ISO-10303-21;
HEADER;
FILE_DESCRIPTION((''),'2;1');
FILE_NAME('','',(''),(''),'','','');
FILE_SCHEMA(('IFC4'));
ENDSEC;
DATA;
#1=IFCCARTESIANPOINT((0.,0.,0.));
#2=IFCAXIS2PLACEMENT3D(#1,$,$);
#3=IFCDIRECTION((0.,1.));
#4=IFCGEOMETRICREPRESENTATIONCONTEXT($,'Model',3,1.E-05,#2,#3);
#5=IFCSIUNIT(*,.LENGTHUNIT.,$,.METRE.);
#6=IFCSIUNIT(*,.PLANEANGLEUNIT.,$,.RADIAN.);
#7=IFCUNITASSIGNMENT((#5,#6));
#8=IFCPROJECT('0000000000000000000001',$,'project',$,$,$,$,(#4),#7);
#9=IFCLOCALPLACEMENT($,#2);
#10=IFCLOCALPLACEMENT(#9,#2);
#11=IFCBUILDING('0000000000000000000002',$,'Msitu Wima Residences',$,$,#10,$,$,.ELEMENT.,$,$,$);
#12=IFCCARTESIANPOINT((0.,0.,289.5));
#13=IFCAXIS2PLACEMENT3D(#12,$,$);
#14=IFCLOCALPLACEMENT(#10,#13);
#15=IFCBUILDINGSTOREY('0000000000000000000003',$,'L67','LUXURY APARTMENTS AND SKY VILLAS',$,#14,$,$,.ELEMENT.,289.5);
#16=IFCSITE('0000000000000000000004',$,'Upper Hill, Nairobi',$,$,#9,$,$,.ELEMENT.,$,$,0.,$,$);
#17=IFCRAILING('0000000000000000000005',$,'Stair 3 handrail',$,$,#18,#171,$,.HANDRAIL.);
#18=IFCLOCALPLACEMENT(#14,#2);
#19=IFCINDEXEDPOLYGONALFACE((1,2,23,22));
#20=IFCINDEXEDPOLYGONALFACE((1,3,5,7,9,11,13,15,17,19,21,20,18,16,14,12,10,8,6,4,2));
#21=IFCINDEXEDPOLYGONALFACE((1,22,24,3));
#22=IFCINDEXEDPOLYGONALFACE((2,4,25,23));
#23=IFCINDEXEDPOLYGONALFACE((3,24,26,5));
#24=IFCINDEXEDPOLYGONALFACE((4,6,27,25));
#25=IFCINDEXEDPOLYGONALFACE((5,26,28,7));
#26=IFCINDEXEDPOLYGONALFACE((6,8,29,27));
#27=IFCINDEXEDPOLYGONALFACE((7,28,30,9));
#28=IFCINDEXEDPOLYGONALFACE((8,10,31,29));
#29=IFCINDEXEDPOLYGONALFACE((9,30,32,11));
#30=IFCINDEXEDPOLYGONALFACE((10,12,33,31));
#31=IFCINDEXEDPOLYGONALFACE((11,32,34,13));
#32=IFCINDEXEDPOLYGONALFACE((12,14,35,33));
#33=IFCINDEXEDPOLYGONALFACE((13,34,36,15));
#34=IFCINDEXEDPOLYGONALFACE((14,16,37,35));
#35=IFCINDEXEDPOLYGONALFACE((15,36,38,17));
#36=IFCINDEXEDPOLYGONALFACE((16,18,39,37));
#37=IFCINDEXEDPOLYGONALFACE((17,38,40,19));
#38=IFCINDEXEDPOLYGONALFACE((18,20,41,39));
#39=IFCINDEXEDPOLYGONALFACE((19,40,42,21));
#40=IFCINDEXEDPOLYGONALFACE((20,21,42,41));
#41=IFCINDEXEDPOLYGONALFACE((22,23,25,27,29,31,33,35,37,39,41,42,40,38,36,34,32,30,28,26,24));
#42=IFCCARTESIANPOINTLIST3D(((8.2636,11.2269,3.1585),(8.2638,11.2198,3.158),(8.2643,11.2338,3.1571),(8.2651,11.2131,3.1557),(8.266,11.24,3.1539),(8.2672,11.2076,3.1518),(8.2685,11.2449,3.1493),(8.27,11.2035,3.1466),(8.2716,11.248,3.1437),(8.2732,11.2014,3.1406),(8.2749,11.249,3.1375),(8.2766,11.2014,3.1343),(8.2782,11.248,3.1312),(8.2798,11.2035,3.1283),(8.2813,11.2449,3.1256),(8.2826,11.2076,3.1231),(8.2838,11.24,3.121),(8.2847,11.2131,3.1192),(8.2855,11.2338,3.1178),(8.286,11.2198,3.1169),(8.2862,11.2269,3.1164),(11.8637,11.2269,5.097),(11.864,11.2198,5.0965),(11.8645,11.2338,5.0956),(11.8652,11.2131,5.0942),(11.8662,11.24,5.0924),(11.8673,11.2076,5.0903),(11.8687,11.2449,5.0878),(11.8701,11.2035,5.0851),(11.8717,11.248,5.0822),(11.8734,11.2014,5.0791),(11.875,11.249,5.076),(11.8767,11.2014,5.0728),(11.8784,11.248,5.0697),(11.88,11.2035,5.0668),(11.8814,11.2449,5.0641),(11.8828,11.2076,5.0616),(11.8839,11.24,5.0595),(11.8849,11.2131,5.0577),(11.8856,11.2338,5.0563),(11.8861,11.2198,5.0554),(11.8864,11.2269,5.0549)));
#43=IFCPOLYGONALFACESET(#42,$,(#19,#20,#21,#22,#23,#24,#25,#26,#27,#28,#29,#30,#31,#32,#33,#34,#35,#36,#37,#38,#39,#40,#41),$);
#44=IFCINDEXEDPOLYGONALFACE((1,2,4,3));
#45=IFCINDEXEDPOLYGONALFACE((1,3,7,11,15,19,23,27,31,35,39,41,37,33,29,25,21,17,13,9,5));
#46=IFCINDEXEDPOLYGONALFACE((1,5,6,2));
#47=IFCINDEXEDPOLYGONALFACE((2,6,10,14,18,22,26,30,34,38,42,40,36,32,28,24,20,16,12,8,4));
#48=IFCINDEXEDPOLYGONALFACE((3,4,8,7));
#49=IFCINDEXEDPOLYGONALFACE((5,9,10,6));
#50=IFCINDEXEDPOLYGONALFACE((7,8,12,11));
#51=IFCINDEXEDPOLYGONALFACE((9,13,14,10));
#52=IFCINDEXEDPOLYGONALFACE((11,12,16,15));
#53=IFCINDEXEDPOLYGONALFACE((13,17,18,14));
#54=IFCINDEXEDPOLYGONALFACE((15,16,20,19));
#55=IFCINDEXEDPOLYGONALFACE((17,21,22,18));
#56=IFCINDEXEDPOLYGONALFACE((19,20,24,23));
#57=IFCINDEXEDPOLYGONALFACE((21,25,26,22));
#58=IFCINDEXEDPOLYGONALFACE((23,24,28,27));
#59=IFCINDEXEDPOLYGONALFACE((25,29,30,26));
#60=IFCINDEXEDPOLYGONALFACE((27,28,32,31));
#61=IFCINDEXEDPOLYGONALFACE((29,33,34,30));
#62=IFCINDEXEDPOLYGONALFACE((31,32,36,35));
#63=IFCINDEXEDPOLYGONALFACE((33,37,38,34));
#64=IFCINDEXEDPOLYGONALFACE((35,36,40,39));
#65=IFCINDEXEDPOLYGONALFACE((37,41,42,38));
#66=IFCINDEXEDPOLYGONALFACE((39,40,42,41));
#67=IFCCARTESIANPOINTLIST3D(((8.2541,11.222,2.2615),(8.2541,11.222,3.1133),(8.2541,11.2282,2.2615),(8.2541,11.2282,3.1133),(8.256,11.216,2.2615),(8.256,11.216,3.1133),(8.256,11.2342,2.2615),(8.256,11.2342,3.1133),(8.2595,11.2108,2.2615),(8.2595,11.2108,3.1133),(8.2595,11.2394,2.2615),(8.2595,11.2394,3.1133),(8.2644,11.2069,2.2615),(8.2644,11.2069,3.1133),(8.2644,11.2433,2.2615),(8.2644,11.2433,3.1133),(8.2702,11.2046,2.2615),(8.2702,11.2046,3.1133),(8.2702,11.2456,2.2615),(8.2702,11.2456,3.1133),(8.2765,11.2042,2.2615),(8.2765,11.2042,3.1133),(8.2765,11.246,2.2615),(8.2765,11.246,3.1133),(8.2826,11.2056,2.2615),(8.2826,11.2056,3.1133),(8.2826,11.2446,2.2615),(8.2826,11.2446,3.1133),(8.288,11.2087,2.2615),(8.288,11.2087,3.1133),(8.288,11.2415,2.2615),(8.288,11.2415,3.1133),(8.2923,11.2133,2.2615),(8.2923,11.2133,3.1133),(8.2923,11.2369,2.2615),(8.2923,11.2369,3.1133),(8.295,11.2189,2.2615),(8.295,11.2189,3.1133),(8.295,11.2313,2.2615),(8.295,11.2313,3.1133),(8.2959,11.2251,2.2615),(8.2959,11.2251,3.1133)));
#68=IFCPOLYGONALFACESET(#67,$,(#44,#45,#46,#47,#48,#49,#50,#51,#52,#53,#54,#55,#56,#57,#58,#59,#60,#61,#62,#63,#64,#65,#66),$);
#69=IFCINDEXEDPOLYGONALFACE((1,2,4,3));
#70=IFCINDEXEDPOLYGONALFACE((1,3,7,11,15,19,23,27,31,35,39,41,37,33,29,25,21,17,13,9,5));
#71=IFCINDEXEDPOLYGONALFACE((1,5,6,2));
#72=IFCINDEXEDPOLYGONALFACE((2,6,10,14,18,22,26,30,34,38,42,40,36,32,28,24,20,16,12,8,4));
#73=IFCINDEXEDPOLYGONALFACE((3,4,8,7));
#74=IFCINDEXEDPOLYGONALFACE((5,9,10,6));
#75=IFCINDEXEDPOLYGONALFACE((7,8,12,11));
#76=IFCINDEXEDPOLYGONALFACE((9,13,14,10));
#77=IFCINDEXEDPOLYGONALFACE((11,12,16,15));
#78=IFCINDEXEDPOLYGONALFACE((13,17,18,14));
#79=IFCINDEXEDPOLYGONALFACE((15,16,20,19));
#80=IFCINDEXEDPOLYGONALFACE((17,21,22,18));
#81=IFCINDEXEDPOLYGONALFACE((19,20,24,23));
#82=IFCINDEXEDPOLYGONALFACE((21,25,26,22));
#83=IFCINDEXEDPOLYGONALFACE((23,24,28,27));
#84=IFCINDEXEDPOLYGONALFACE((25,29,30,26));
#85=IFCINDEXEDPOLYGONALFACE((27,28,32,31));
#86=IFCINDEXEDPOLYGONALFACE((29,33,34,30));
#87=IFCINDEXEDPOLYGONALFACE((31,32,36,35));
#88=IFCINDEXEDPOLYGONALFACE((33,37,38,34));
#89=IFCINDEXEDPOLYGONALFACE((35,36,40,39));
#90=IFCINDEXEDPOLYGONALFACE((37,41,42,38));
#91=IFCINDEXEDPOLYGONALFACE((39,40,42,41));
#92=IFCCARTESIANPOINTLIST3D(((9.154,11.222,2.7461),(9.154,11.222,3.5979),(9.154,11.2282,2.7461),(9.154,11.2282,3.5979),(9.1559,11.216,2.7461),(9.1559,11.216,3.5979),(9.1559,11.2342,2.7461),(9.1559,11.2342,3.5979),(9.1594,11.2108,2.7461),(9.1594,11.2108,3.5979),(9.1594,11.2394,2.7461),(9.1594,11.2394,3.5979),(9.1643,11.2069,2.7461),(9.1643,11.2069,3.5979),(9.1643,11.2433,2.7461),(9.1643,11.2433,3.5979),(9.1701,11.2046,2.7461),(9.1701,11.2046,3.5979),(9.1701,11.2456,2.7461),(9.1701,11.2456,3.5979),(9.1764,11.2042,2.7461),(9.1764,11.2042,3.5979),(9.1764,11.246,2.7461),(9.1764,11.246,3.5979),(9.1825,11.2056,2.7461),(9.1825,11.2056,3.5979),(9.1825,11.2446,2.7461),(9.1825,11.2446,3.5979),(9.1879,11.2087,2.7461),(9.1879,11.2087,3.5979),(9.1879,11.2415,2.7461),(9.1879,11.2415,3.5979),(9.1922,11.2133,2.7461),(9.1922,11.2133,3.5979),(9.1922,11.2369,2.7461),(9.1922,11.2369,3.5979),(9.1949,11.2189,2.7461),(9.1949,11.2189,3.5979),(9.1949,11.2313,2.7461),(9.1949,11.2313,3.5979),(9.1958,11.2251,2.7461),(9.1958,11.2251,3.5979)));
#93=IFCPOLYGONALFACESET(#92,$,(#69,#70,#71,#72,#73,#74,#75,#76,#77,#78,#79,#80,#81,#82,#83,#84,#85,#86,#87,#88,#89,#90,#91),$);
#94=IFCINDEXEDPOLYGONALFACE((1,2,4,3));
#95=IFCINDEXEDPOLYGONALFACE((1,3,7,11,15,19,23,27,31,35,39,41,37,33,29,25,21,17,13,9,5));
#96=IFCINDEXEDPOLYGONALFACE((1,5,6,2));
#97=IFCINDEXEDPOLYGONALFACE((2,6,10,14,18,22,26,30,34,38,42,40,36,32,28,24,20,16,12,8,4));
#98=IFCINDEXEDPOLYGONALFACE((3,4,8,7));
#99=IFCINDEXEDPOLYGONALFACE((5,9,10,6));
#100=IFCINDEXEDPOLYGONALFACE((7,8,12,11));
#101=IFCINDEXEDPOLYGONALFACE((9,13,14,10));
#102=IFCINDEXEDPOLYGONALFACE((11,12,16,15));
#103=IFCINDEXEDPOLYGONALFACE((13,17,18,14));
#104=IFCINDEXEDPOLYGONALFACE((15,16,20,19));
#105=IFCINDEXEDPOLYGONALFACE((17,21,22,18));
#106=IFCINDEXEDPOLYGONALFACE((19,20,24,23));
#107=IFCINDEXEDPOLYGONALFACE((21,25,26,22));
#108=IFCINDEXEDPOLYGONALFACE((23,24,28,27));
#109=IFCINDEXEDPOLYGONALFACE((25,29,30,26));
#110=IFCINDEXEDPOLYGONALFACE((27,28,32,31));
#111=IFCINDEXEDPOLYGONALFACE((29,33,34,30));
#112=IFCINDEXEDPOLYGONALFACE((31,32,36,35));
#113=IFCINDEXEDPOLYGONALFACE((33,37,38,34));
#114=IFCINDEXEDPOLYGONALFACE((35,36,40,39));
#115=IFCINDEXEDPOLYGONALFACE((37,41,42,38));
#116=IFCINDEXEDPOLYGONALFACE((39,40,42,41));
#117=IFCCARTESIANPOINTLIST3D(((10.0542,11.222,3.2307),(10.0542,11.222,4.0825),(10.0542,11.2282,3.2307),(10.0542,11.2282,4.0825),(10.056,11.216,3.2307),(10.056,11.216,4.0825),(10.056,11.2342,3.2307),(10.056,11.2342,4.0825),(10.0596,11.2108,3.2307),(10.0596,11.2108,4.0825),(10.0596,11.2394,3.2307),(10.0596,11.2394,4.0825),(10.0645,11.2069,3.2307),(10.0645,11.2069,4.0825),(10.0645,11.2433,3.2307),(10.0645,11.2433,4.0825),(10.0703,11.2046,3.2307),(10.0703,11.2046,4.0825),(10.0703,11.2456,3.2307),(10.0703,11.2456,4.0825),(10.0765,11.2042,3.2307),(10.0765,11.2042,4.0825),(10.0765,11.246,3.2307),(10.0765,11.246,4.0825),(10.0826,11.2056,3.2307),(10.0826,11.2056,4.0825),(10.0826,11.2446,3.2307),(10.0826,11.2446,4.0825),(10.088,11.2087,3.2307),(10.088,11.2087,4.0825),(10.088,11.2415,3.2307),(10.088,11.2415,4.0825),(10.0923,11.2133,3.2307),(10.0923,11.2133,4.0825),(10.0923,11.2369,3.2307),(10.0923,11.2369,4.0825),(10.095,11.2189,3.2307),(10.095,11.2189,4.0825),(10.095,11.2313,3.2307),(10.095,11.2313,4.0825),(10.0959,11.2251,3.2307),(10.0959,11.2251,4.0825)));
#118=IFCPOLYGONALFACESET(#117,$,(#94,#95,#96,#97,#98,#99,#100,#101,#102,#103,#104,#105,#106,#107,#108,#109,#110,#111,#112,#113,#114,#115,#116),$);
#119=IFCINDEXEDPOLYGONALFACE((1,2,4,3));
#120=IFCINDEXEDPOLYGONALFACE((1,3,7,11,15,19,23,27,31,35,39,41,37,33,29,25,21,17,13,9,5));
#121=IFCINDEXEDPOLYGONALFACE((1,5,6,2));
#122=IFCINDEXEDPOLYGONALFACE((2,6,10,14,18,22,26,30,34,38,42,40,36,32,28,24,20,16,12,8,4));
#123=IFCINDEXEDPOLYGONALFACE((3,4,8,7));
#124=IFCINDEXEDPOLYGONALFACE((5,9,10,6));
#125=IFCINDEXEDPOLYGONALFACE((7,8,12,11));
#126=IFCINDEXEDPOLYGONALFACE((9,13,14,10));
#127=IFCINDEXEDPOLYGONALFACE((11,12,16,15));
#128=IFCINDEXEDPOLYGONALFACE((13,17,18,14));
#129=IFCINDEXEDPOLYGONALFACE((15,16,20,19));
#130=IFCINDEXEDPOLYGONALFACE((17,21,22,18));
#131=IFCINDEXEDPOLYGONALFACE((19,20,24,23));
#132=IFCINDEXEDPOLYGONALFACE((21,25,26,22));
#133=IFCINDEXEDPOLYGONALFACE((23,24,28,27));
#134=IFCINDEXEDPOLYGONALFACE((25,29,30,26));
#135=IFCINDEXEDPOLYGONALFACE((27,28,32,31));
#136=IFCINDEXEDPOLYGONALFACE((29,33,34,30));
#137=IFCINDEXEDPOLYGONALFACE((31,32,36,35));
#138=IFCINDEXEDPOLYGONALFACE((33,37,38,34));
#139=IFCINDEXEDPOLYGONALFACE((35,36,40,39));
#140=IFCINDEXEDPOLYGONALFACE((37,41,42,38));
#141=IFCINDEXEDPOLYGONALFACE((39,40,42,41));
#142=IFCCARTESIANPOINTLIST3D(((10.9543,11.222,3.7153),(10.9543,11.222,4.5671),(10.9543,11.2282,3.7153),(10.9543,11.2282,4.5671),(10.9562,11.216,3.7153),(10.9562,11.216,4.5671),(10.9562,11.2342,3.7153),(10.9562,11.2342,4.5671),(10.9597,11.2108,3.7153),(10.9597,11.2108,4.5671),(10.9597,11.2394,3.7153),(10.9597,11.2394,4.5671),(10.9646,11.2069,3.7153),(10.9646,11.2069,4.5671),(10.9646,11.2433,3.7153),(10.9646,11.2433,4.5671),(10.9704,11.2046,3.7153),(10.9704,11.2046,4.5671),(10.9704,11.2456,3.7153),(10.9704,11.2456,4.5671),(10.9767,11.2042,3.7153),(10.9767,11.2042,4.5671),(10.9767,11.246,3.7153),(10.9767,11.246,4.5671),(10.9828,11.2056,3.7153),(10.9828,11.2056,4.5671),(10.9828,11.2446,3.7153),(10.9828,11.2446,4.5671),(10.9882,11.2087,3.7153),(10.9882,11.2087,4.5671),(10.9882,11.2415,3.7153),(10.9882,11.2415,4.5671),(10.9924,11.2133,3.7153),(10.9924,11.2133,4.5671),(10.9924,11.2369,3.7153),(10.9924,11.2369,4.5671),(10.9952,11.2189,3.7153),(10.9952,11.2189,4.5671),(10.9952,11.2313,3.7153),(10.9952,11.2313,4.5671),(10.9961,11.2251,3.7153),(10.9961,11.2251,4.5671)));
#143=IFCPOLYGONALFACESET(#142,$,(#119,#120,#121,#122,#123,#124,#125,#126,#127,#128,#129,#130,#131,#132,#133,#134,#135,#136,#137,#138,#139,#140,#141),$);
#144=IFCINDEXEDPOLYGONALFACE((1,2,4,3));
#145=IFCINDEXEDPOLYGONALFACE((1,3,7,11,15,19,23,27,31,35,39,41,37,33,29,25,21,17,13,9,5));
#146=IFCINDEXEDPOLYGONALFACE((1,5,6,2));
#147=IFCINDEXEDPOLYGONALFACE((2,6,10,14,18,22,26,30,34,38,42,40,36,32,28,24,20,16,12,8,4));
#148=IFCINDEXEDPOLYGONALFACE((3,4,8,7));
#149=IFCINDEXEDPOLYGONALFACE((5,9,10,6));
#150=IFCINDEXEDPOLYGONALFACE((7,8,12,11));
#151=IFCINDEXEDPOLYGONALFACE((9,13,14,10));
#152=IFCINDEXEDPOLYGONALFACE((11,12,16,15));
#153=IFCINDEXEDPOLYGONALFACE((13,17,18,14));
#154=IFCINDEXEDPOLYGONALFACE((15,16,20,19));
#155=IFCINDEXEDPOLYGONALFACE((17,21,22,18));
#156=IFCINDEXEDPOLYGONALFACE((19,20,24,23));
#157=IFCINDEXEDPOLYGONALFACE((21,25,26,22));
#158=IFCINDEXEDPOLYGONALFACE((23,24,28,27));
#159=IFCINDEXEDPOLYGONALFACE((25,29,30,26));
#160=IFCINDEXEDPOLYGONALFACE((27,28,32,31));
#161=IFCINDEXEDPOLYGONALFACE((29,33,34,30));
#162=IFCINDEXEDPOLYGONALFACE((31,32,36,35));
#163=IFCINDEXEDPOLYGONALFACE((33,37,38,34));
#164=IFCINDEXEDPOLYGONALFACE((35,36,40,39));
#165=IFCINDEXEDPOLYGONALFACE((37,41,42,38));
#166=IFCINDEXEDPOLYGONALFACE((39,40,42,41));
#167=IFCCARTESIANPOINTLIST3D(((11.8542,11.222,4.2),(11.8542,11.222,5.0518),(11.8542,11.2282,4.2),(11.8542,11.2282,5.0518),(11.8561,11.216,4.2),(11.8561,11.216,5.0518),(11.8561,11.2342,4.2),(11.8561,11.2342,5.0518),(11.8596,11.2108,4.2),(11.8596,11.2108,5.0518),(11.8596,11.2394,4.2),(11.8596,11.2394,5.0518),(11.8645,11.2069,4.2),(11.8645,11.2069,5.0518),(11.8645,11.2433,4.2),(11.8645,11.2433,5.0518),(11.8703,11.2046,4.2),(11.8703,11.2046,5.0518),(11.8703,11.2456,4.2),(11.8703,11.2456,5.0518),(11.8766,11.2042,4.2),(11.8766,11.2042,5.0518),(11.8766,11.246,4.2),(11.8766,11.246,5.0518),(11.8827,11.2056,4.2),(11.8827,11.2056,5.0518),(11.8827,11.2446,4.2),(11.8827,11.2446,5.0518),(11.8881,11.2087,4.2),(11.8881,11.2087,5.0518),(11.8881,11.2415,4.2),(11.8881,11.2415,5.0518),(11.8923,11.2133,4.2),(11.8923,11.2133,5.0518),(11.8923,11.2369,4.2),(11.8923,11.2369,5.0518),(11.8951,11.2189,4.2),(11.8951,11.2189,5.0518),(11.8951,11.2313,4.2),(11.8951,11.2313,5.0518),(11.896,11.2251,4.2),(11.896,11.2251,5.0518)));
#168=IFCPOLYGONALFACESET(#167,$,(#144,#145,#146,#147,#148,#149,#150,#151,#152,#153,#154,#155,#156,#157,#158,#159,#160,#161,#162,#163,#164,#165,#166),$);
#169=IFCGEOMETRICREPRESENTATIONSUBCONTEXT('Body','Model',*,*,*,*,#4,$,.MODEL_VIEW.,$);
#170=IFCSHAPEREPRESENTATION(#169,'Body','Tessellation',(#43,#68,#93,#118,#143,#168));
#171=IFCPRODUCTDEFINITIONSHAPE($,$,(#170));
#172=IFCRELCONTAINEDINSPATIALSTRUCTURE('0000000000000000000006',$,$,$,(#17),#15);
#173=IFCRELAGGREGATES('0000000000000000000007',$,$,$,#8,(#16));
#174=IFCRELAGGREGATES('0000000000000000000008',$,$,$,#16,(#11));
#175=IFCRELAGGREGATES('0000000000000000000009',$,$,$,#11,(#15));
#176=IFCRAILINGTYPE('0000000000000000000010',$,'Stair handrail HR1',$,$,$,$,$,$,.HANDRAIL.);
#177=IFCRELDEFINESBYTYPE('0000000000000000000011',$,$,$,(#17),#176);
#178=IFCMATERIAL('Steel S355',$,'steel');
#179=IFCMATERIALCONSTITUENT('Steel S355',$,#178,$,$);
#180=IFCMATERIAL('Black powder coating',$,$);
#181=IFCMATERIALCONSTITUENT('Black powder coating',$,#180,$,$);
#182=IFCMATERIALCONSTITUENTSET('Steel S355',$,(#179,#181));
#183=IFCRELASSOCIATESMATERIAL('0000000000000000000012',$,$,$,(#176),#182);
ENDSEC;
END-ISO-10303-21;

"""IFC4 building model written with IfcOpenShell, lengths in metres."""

from ifc_helpers import new_model, si_unit, direction, frame, origin, origin_2d, place, context, subcontext, project, spatial, circle, extrude, material, constituent, constituent_set, type_object, element, save


model = new_model("IFC4")

# Units and contexts
model_context = context("Model", 3, precision=1e-05, world=origin(), true_north=direction((0.0, 1.0)))
body_context = subcontext(model_context, "Body", "Model", "MODEL_VIEW")
ifc_project = project(units=[si_unit("LENGTHUNIT", "METRE"), si_unit("PLANEANGLEUNIT", "RADIAN")], contexts=[model_context])

# Site, building, storey
site_placement = place(None, origin())
site = spatial("IfcSite", under=ifc_project, at=site_placement, Name="Upper Hill, Nairobi", CompositionType="ELEMENT", RefElevation=0.0)
building_placement = place(site_placement, origin())
building = spatial("IfcBuilding", under=site, at=building_placement, Name="Msitu Wima Residences", CompositionType="ELEMENT")
storey_placement = place(building_placement, frame((0.0, 0.0, 289.5)))
storey = spatial("IfcBuildingStorey", under=building, at=storey_placement, Name="L67", Description="LUXURY APARTMENTS AND SKY VILLAS", CompositionType="ELEMENT", Elevation=289.5)

# Railing
ifc_material_1 = material(Name="Steel S355", Category="steel")
ifc_constituent_1 = constituent(ifc_material_1, Name="Steel S355")
ifc_material_2 = material(Name="Black powder coating")
ifc_constituent_2 = constituent(ifc_material_2, Name="Black powder coating")
ifc_constituent_set = constituent_set(constituents=[ifc_constituent_1, ifc_constituent_2], Name="Steel S355")
railing_type = type_object("IfcRailingType", Name="Stair handrail HR1", PredefinedType="HANDRAIL", material=ifc_constituent_set)
for number, where, name in (
    (1, (8.2749, 11.2251, 2.2615), "Stair 3 handrail"),
):
    element("IfcRailing", number, at=place(storey_placement, frame(where)), inside=storey, type_object=railing_type, Name=name, PredefinedType="HANDRAIL", context=body_context, shape_type="SweptSolid", body=[
        extrude(circle(Radius=0.0239, at=origin_2d()), frame((0.0, 0.0, 0.876), z_axis=(0.880475, 0.0, 0.474093), x_axis=(0.0, 1.0, 0.0)), (0.0, 0.0, 1.0), 4.0889),
        extrude(circle(Radius=0.021, at=origin_2d()), origin(), (0.0, 0.0, 1.0), 0.8518),
        extrude(circle(Radius=0.021, at=origin_2d()), frame((0.8999, 0.0, 0.4846)), (0.0, 0.0, 1.0), 0.8518),
        extrude(circle(Radius=0.021, at=origin_2d()), frame((1.8, 0.0, 0.9692)), (0.0, 0.0, 1.0), 0.8518),
        extrude(circle(Radius=0.021, at=origin_2d()), frame((2.7002, 0.0, 1.4539)), (0.0, 0.0, 1.0), 0.8518),
        extrude(circle(Radius=0.021, at=origin_2d()), frame((3.6001, 0.0, 1.9385)), (0.0, 0.0, 1.0), 0.8518),
    ])

save(model, "model.ifc")
